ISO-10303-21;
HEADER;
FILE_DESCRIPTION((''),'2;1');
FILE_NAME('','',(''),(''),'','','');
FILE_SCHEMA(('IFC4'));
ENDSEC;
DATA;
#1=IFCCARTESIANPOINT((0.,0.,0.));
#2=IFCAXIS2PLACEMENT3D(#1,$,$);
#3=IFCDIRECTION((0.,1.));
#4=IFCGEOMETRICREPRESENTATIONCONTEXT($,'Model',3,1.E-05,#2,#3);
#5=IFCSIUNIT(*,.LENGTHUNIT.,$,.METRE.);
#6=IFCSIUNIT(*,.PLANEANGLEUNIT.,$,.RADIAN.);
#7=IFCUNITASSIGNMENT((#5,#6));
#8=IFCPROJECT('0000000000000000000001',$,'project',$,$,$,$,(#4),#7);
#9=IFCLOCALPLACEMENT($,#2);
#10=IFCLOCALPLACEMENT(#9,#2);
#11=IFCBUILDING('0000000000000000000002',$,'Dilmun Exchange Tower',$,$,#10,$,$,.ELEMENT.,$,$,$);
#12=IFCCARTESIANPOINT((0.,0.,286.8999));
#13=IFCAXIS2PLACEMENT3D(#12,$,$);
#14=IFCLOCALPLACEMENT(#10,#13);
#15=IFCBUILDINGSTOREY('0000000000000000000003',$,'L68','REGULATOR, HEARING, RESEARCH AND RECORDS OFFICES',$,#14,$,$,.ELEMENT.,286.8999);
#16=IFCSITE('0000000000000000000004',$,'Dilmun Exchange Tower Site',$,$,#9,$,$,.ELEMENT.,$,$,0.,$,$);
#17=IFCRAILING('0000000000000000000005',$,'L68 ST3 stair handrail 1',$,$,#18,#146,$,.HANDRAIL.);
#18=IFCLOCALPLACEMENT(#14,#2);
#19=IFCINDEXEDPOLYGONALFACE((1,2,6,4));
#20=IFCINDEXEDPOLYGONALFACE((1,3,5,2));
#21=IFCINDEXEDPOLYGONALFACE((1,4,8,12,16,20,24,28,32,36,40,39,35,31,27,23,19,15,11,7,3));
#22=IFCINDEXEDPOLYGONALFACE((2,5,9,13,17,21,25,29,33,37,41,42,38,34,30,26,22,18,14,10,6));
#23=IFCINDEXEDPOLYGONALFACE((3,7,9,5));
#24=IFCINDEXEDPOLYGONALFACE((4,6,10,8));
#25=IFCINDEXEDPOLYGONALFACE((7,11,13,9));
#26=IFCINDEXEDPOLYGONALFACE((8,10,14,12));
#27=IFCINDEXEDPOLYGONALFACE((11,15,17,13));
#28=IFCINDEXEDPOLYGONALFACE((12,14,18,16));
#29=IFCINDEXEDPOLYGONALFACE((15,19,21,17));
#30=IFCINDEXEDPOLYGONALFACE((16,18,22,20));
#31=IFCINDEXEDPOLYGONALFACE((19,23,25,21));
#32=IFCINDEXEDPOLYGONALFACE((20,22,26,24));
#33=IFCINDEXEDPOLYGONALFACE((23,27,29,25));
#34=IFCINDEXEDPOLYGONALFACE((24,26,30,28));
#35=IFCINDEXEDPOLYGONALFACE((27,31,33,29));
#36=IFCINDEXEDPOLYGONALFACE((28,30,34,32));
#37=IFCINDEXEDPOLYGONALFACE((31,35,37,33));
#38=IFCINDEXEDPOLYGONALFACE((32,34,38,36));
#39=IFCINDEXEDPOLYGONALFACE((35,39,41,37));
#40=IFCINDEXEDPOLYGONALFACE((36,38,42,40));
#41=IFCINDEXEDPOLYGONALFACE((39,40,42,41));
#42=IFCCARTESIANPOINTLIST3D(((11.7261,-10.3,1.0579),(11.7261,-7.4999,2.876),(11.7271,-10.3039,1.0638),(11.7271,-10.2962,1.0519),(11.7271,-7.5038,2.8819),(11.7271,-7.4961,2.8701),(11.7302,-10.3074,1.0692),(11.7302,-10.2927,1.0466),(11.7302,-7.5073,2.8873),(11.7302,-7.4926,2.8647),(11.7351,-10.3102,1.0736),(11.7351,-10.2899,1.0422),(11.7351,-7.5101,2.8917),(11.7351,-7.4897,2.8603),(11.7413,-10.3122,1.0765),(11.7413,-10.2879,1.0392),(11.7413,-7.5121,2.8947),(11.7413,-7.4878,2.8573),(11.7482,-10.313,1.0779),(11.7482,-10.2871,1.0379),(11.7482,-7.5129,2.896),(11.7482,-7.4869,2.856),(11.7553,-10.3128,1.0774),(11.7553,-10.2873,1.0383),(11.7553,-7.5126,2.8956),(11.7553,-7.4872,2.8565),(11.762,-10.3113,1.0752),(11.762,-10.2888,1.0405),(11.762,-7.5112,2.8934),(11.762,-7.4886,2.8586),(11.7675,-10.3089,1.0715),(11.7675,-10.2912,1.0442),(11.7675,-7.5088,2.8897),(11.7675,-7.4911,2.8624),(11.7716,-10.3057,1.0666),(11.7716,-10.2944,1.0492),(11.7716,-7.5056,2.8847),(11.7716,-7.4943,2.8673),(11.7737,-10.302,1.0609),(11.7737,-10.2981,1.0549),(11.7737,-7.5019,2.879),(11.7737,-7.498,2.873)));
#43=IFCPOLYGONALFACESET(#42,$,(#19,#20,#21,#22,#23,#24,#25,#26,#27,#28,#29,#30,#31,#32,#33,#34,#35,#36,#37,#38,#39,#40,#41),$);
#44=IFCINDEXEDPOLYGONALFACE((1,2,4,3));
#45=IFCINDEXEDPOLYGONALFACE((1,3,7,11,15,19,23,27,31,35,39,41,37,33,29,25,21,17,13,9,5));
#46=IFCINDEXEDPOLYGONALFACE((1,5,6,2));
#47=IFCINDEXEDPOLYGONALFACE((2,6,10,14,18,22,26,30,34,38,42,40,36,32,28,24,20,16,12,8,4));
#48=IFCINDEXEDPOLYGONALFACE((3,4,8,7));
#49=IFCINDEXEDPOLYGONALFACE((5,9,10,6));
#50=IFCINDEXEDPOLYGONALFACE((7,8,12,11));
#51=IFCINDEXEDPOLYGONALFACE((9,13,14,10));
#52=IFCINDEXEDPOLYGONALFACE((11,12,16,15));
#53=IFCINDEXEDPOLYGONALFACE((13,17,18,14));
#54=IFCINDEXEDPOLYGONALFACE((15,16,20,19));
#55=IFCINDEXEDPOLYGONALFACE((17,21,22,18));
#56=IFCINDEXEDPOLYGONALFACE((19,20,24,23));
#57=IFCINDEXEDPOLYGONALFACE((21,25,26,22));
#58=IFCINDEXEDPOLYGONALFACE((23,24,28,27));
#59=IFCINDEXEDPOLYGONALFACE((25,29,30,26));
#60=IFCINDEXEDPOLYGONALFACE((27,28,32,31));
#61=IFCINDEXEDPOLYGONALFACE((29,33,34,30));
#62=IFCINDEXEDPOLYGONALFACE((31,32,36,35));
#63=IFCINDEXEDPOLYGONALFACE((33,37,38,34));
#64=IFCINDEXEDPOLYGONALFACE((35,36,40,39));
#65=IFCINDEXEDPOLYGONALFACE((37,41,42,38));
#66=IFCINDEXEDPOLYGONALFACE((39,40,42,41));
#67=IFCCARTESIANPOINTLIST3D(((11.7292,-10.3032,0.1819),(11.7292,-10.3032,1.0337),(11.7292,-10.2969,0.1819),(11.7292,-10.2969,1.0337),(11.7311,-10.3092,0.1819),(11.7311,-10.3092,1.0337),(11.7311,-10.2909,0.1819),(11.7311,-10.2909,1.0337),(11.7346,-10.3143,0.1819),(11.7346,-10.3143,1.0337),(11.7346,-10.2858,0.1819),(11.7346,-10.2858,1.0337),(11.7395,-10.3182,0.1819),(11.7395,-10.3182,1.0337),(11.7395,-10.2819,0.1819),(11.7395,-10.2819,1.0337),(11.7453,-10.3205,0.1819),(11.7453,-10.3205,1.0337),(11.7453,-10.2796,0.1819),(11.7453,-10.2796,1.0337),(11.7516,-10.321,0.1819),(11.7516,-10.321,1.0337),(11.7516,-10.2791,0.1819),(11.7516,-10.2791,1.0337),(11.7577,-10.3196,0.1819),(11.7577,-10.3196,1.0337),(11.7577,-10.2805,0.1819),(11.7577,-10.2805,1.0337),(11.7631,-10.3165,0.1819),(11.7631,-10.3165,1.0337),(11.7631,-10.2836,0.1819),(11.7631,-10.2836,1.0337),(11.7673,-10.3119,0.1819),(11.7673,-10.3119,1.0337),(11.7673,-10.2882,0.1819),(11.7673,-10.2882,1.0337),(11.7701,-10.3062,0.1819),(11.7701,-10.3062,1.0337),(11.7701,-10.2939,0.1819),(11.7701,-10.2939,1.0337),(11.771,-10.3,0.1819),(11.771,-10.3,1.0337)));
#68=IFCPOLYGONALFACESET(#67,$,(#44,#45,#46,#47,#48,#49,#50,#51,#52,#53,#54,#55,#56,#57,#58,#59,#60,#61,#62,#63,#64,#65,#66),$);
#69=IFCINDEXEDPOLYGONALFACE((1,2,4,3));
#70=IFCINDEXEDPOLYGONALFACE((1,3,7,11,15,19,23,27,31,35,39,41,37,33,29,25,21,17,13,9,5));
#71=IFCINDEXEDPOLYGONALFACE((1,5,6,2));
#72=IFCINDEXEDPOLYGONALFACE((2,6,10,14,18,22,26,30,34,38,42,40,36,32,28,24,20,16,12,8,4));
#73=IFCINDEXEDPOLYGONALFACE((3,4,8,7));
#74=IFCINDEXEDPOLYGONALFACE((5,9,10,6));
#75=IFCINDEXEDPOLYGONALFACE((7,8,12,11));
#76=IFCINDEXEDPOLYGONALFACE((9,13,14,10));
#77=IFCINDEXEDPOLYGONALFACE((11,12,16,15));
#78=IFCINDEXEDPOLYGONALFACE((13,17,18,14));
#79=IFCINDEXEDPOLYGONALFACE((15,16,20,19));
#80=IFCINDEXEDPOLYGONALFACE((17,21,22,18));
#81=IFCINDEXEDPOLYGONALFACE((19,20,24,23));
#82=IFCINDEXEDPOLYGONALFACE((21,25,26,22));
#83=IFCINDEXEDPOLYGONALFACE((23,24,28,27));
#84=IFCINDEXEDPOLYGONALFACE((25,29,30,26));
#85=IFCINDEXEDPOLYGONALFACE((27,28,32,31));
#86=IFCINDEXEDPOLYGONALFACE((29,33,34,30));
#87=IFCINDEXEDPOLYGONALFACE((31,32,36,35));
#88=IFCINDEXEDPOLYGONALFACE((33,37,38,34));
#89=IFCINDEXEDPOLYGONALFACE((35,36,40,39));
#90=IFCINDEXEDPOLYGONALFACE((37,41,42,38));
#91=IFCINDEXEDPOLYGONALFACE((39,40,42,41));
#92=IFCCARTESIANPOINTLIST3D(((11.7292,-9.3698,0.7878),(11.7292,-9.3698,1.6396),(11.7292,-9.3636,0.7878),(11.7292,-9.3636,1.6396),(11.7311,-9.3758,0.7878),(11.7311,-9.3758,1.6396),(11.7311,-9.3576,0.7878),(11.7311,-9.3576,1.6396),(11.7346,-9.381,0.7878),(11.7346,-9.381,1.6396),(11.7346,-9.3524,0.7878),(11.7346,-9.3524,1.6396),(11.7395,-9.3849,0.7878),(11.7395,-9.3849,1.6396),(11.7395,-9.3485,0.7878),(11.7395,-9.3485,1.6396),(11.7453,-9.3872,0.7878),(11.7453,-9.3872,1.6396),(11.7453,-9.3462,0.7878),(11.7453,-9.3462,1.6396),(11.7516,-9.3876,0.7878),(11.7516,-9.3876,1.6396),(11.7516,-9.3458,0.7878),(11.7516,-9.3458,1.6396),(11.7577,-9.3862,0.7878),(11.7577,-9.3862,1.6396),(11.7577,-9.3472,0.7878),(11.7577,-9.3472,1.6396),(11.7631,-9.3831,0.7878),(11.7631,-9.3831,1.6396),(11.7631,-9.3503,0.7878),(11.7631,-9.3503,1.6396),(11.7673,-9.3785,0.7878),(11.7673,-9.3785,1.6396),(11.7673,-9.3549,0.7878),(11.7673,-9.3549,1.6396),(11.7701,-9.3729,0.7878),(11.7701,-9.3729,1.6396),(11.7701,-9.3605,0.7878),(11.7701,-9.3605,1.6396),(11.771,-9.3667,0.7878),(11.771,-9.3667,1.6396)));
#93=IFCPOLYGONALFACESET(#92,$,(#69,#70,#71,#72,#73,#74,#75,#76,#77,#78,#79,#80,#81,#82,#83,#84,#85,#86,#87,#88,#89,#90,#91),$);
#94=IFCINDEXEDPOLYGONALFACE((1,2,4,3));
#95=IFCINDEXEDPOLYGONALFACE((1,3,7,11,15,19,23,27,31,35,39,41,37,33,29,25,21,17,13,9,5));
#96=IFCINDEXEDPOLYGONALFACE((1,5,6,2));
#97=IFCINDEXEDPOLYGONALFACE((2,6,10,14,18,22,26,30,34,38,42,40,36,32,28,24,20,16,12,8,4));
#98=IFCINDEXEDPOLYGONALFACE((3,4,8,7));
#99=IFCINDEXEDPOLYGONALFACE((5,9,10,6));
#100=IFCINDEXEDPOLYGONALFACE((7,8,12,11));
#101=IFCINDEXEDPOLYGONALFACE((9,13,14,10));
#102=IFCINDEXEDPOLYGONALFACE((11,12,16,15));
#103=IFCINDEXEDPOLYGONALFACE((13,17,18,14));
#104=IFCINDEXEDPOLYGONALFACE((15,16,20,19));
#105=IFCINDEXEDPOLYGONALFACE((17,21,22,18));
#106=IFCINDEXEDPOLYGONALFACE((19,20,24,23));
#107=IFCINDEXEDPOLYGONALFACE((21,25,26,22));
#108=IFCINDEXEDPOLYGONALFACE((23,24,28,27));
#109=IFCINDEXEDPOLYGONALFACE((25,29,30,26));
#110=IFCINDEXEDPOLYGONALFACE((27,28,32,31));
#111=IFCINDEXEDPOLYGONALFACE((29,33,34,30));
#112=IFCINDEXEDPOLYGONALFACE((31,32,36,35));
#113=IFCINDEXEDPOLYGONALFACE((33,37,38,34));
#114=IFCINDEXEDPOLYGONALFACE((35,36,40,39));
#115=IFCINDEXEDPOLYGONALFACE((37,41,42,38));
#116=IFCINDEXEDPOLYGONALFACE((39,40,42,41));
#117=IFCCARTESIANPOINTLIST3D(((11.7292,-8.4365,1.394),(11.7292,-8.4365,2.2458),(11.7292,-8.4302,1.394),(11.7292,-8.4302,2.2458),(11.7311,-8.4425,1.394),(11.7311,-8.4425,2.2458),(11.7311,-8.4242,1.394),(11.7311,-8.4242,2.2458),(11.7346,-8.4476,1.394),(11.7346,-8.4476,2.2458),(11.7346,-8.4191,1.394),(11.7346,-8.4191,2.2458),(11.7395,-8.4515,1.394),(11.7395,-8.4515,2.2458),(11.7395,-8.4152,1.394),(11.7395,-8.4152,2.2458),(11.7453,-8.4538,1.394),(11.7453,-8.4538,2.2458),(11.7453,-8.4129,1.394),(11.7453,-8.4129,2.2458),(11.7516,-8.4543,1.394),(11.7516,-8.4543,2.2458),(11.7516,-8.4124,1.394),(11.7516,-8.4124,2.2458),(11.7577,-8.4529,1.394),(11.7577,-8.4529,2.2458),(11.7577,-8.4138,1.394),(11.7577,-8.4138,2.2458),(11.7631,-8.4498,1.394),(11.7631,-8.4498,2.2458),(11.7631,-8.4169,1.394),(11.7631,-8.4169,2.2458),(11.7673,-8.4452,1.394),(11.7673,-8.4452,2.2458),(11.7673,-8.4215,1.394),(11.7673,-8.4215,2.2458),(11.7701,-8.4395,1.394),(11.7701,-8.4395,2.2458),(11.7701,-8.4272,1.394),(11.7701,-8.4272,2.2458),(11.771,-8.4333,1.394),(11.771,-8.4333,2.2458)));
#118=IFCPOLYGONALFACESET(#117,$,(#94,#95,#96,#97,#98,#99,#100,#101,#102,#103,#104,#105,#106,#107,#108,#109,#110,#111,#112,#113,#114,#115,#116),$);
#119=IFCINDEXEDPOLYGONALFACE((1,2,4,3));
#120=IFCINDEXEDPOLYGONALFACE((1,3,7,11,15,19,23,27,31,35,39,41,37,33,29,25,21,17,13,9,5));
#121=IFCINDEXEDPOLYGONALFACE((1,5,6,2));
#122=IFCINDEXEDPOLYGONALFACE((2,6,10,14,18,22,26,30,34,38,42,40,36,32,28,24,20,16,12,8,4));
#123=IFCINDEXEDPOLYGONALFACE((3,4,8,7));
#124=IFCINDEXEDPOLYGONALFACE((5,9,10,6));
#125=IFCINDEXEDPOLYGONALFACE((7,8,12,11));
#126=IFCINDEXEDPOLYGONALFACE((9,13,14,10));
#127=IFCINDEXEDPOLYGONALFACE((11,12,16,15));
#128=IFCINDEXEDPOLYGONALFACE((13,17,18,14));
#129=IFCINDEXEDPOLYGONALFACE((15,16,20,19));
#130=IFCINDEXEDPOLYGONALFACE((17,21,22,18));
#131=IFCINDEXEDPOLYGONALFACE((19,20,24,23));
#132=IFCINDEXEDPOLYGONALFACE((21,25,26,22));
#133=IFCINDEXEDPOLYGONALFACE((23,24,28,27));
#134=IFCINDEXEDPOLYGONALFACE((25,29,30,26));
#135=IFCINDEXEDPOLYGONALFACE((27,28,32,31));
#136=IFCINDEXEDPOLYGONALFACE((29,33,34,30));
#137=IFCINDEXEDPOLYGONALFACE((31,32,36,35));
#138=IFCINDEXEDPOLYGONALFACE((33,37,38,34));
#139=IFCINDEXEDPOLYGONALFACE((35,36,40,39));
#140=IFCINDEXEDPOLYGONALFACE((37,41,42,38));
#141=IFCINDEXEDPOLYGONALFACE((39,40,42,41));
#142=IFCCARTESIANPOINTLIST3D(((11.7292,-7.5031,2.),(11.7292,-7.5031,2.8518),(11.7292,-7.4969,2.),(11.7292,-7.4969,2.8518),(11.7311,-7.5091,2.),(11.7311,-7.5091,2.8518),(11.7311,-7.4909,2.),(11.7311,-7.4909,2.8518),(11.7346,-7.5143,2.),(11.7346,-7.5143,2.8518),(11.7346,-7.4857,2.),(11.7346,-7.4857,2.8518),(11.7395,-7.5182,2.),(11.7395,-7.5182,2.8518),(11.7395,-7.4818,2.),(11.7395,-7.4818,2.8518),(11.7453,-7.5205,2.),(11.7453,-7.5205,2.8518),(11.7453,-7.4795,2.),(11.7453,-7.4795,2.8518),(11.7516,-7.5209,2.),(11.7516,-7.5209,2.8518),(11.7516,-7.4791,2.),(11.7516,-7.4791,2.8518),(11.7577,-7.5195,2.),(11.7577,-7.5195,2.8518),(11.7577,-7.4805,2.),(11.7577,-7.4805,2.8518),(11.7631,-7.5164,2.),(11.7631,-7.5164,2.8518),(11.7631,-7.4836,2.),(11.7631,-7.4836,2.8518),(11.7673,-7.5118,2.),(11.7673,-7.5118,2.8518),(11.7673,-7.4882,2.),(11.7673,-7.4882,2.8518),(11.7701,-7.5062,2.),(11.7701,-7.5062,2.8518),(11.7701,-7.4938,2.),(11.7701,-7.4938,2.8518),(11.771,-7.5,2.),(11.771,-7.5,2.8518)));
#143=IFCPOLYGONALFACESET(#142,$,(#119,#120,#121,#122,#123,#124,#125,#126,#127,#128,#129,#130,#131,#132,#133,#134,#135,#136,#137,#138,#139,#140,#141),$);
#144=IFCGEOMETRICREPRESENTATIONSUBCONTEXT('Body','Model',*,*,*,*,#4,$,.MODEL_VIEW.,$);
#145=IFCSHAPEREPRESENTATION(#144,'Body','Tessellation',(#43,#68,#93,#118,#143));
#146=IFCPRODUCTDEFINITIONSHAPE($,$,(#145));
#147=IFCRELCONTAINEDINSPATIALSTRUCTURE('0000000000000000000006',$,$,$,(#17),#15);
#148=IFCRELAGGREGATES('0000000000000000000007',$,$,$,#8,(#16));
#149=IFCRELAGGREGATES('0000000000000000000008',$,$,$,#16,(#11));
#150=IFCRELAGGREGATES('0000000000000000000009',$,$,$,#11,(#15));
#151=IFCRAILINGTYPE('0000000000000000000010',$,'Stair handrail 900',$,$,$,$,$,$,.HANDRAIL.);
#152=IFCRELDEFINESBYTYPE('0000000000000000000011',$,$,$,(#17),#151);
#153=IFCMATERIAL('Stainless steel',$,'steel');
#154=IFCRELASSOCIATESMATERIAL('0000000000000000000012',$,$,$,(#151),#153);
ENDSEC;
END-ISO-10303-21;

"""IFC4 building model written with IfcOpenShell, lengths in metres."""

from ifc_helpers import new_model, si_unit, direction, frame, origin, origin_2d, place, context, subcontext, project, spatial, circle, extrude, material, type_object, element, save


model = new_model("IFC4")

# Units and contexts
model_context = context("Model", 3, precision=1e-05, world=origin(), true_north=direction((0.0, 1.0)))
body_context = subcontext(model_context, "Body", "Model", "MODEL_VIEW")
ifc_project = project(units=[si_unit("LENGTHUNIT", "METRE"), si_unit("PLANEANGLEUNIT", "RADIAN")], contexts=[model_context])

# Site, building, storey
site_placement = place(None, origin())
site = spatial("IfcSite", under=ifc_project, at=site_placement, Name="Dilmun Exchange Tower Site", CompositionType="ELEMENT", RefElevation=0.0)
building_placement = place(site_placement, origin())
building = spatial("IfcBuilding", under=site, at=building_placement, Name="Dilmun Exchange Tower", CompositionType="ELEMENT")
storey_placement = place(building_placement, frame((0.0, 0.0, 286.8999)))
storey = spatial("IfcBuildingStorey", under=building, at=storey_placement, Name="L68", Description="REGULATOR, HEARING, RESEARCH AND RECORDS OFFICES", CompositionType="ELEMENT", Elevation=286.8999)

# Railing
ifc_material_1 = material(Name="Stainless steel", Category="steel")
railing_type = type_object("IfcRailingType", Name="Stair handrail 900", PredefinedType="HANDRAIL", material=ifc_material_1)
railing_1_placement = place(storey_placement, frame((11.75, -10.3, 0.1819)))
element("IfcRailing", 1, at=railing_1_placement, inside=storey, type_object=railing_type, Name="L68 ST3 stair handrail 1", PredefinedType="HANDRAIL", context=body_context, shape_type="SweptSolid", body=[
    extrude(circle(Radius=0.0239, at=origin_2d()), frame((0.0, 0.0, 0.876), z_axis=(0.0, 0.838706, 0.544585), x_axis=(-1.0, 0.0, 0.0)), (0.0, 0.0, 1.0), 3.3386),
    extrude(circle(Radius=0.021, at=origin_2d()), origin(), (0.0, 0.0, 1.0), 0.8518),
    extrude(circle(Radius=0.021, at=origin_2d()), frame((0.0, 0.9333, 0.606)), (0.0, 0.0, 1.0), 0.8518),
    extrude(circle(Radius=0.021, at=origin_2d()), frame((0.0, 1.8667, 1.2122)), (0.0, 0.0, 1.0), 0.8518),
    extrude(circle(Radius=0.021, at=origin_2d()), frame((0.0, 2.8, 1.8181)), (0.0, 0.0, 1.0), 0.8518),
])

save(model, "model.ifc")
